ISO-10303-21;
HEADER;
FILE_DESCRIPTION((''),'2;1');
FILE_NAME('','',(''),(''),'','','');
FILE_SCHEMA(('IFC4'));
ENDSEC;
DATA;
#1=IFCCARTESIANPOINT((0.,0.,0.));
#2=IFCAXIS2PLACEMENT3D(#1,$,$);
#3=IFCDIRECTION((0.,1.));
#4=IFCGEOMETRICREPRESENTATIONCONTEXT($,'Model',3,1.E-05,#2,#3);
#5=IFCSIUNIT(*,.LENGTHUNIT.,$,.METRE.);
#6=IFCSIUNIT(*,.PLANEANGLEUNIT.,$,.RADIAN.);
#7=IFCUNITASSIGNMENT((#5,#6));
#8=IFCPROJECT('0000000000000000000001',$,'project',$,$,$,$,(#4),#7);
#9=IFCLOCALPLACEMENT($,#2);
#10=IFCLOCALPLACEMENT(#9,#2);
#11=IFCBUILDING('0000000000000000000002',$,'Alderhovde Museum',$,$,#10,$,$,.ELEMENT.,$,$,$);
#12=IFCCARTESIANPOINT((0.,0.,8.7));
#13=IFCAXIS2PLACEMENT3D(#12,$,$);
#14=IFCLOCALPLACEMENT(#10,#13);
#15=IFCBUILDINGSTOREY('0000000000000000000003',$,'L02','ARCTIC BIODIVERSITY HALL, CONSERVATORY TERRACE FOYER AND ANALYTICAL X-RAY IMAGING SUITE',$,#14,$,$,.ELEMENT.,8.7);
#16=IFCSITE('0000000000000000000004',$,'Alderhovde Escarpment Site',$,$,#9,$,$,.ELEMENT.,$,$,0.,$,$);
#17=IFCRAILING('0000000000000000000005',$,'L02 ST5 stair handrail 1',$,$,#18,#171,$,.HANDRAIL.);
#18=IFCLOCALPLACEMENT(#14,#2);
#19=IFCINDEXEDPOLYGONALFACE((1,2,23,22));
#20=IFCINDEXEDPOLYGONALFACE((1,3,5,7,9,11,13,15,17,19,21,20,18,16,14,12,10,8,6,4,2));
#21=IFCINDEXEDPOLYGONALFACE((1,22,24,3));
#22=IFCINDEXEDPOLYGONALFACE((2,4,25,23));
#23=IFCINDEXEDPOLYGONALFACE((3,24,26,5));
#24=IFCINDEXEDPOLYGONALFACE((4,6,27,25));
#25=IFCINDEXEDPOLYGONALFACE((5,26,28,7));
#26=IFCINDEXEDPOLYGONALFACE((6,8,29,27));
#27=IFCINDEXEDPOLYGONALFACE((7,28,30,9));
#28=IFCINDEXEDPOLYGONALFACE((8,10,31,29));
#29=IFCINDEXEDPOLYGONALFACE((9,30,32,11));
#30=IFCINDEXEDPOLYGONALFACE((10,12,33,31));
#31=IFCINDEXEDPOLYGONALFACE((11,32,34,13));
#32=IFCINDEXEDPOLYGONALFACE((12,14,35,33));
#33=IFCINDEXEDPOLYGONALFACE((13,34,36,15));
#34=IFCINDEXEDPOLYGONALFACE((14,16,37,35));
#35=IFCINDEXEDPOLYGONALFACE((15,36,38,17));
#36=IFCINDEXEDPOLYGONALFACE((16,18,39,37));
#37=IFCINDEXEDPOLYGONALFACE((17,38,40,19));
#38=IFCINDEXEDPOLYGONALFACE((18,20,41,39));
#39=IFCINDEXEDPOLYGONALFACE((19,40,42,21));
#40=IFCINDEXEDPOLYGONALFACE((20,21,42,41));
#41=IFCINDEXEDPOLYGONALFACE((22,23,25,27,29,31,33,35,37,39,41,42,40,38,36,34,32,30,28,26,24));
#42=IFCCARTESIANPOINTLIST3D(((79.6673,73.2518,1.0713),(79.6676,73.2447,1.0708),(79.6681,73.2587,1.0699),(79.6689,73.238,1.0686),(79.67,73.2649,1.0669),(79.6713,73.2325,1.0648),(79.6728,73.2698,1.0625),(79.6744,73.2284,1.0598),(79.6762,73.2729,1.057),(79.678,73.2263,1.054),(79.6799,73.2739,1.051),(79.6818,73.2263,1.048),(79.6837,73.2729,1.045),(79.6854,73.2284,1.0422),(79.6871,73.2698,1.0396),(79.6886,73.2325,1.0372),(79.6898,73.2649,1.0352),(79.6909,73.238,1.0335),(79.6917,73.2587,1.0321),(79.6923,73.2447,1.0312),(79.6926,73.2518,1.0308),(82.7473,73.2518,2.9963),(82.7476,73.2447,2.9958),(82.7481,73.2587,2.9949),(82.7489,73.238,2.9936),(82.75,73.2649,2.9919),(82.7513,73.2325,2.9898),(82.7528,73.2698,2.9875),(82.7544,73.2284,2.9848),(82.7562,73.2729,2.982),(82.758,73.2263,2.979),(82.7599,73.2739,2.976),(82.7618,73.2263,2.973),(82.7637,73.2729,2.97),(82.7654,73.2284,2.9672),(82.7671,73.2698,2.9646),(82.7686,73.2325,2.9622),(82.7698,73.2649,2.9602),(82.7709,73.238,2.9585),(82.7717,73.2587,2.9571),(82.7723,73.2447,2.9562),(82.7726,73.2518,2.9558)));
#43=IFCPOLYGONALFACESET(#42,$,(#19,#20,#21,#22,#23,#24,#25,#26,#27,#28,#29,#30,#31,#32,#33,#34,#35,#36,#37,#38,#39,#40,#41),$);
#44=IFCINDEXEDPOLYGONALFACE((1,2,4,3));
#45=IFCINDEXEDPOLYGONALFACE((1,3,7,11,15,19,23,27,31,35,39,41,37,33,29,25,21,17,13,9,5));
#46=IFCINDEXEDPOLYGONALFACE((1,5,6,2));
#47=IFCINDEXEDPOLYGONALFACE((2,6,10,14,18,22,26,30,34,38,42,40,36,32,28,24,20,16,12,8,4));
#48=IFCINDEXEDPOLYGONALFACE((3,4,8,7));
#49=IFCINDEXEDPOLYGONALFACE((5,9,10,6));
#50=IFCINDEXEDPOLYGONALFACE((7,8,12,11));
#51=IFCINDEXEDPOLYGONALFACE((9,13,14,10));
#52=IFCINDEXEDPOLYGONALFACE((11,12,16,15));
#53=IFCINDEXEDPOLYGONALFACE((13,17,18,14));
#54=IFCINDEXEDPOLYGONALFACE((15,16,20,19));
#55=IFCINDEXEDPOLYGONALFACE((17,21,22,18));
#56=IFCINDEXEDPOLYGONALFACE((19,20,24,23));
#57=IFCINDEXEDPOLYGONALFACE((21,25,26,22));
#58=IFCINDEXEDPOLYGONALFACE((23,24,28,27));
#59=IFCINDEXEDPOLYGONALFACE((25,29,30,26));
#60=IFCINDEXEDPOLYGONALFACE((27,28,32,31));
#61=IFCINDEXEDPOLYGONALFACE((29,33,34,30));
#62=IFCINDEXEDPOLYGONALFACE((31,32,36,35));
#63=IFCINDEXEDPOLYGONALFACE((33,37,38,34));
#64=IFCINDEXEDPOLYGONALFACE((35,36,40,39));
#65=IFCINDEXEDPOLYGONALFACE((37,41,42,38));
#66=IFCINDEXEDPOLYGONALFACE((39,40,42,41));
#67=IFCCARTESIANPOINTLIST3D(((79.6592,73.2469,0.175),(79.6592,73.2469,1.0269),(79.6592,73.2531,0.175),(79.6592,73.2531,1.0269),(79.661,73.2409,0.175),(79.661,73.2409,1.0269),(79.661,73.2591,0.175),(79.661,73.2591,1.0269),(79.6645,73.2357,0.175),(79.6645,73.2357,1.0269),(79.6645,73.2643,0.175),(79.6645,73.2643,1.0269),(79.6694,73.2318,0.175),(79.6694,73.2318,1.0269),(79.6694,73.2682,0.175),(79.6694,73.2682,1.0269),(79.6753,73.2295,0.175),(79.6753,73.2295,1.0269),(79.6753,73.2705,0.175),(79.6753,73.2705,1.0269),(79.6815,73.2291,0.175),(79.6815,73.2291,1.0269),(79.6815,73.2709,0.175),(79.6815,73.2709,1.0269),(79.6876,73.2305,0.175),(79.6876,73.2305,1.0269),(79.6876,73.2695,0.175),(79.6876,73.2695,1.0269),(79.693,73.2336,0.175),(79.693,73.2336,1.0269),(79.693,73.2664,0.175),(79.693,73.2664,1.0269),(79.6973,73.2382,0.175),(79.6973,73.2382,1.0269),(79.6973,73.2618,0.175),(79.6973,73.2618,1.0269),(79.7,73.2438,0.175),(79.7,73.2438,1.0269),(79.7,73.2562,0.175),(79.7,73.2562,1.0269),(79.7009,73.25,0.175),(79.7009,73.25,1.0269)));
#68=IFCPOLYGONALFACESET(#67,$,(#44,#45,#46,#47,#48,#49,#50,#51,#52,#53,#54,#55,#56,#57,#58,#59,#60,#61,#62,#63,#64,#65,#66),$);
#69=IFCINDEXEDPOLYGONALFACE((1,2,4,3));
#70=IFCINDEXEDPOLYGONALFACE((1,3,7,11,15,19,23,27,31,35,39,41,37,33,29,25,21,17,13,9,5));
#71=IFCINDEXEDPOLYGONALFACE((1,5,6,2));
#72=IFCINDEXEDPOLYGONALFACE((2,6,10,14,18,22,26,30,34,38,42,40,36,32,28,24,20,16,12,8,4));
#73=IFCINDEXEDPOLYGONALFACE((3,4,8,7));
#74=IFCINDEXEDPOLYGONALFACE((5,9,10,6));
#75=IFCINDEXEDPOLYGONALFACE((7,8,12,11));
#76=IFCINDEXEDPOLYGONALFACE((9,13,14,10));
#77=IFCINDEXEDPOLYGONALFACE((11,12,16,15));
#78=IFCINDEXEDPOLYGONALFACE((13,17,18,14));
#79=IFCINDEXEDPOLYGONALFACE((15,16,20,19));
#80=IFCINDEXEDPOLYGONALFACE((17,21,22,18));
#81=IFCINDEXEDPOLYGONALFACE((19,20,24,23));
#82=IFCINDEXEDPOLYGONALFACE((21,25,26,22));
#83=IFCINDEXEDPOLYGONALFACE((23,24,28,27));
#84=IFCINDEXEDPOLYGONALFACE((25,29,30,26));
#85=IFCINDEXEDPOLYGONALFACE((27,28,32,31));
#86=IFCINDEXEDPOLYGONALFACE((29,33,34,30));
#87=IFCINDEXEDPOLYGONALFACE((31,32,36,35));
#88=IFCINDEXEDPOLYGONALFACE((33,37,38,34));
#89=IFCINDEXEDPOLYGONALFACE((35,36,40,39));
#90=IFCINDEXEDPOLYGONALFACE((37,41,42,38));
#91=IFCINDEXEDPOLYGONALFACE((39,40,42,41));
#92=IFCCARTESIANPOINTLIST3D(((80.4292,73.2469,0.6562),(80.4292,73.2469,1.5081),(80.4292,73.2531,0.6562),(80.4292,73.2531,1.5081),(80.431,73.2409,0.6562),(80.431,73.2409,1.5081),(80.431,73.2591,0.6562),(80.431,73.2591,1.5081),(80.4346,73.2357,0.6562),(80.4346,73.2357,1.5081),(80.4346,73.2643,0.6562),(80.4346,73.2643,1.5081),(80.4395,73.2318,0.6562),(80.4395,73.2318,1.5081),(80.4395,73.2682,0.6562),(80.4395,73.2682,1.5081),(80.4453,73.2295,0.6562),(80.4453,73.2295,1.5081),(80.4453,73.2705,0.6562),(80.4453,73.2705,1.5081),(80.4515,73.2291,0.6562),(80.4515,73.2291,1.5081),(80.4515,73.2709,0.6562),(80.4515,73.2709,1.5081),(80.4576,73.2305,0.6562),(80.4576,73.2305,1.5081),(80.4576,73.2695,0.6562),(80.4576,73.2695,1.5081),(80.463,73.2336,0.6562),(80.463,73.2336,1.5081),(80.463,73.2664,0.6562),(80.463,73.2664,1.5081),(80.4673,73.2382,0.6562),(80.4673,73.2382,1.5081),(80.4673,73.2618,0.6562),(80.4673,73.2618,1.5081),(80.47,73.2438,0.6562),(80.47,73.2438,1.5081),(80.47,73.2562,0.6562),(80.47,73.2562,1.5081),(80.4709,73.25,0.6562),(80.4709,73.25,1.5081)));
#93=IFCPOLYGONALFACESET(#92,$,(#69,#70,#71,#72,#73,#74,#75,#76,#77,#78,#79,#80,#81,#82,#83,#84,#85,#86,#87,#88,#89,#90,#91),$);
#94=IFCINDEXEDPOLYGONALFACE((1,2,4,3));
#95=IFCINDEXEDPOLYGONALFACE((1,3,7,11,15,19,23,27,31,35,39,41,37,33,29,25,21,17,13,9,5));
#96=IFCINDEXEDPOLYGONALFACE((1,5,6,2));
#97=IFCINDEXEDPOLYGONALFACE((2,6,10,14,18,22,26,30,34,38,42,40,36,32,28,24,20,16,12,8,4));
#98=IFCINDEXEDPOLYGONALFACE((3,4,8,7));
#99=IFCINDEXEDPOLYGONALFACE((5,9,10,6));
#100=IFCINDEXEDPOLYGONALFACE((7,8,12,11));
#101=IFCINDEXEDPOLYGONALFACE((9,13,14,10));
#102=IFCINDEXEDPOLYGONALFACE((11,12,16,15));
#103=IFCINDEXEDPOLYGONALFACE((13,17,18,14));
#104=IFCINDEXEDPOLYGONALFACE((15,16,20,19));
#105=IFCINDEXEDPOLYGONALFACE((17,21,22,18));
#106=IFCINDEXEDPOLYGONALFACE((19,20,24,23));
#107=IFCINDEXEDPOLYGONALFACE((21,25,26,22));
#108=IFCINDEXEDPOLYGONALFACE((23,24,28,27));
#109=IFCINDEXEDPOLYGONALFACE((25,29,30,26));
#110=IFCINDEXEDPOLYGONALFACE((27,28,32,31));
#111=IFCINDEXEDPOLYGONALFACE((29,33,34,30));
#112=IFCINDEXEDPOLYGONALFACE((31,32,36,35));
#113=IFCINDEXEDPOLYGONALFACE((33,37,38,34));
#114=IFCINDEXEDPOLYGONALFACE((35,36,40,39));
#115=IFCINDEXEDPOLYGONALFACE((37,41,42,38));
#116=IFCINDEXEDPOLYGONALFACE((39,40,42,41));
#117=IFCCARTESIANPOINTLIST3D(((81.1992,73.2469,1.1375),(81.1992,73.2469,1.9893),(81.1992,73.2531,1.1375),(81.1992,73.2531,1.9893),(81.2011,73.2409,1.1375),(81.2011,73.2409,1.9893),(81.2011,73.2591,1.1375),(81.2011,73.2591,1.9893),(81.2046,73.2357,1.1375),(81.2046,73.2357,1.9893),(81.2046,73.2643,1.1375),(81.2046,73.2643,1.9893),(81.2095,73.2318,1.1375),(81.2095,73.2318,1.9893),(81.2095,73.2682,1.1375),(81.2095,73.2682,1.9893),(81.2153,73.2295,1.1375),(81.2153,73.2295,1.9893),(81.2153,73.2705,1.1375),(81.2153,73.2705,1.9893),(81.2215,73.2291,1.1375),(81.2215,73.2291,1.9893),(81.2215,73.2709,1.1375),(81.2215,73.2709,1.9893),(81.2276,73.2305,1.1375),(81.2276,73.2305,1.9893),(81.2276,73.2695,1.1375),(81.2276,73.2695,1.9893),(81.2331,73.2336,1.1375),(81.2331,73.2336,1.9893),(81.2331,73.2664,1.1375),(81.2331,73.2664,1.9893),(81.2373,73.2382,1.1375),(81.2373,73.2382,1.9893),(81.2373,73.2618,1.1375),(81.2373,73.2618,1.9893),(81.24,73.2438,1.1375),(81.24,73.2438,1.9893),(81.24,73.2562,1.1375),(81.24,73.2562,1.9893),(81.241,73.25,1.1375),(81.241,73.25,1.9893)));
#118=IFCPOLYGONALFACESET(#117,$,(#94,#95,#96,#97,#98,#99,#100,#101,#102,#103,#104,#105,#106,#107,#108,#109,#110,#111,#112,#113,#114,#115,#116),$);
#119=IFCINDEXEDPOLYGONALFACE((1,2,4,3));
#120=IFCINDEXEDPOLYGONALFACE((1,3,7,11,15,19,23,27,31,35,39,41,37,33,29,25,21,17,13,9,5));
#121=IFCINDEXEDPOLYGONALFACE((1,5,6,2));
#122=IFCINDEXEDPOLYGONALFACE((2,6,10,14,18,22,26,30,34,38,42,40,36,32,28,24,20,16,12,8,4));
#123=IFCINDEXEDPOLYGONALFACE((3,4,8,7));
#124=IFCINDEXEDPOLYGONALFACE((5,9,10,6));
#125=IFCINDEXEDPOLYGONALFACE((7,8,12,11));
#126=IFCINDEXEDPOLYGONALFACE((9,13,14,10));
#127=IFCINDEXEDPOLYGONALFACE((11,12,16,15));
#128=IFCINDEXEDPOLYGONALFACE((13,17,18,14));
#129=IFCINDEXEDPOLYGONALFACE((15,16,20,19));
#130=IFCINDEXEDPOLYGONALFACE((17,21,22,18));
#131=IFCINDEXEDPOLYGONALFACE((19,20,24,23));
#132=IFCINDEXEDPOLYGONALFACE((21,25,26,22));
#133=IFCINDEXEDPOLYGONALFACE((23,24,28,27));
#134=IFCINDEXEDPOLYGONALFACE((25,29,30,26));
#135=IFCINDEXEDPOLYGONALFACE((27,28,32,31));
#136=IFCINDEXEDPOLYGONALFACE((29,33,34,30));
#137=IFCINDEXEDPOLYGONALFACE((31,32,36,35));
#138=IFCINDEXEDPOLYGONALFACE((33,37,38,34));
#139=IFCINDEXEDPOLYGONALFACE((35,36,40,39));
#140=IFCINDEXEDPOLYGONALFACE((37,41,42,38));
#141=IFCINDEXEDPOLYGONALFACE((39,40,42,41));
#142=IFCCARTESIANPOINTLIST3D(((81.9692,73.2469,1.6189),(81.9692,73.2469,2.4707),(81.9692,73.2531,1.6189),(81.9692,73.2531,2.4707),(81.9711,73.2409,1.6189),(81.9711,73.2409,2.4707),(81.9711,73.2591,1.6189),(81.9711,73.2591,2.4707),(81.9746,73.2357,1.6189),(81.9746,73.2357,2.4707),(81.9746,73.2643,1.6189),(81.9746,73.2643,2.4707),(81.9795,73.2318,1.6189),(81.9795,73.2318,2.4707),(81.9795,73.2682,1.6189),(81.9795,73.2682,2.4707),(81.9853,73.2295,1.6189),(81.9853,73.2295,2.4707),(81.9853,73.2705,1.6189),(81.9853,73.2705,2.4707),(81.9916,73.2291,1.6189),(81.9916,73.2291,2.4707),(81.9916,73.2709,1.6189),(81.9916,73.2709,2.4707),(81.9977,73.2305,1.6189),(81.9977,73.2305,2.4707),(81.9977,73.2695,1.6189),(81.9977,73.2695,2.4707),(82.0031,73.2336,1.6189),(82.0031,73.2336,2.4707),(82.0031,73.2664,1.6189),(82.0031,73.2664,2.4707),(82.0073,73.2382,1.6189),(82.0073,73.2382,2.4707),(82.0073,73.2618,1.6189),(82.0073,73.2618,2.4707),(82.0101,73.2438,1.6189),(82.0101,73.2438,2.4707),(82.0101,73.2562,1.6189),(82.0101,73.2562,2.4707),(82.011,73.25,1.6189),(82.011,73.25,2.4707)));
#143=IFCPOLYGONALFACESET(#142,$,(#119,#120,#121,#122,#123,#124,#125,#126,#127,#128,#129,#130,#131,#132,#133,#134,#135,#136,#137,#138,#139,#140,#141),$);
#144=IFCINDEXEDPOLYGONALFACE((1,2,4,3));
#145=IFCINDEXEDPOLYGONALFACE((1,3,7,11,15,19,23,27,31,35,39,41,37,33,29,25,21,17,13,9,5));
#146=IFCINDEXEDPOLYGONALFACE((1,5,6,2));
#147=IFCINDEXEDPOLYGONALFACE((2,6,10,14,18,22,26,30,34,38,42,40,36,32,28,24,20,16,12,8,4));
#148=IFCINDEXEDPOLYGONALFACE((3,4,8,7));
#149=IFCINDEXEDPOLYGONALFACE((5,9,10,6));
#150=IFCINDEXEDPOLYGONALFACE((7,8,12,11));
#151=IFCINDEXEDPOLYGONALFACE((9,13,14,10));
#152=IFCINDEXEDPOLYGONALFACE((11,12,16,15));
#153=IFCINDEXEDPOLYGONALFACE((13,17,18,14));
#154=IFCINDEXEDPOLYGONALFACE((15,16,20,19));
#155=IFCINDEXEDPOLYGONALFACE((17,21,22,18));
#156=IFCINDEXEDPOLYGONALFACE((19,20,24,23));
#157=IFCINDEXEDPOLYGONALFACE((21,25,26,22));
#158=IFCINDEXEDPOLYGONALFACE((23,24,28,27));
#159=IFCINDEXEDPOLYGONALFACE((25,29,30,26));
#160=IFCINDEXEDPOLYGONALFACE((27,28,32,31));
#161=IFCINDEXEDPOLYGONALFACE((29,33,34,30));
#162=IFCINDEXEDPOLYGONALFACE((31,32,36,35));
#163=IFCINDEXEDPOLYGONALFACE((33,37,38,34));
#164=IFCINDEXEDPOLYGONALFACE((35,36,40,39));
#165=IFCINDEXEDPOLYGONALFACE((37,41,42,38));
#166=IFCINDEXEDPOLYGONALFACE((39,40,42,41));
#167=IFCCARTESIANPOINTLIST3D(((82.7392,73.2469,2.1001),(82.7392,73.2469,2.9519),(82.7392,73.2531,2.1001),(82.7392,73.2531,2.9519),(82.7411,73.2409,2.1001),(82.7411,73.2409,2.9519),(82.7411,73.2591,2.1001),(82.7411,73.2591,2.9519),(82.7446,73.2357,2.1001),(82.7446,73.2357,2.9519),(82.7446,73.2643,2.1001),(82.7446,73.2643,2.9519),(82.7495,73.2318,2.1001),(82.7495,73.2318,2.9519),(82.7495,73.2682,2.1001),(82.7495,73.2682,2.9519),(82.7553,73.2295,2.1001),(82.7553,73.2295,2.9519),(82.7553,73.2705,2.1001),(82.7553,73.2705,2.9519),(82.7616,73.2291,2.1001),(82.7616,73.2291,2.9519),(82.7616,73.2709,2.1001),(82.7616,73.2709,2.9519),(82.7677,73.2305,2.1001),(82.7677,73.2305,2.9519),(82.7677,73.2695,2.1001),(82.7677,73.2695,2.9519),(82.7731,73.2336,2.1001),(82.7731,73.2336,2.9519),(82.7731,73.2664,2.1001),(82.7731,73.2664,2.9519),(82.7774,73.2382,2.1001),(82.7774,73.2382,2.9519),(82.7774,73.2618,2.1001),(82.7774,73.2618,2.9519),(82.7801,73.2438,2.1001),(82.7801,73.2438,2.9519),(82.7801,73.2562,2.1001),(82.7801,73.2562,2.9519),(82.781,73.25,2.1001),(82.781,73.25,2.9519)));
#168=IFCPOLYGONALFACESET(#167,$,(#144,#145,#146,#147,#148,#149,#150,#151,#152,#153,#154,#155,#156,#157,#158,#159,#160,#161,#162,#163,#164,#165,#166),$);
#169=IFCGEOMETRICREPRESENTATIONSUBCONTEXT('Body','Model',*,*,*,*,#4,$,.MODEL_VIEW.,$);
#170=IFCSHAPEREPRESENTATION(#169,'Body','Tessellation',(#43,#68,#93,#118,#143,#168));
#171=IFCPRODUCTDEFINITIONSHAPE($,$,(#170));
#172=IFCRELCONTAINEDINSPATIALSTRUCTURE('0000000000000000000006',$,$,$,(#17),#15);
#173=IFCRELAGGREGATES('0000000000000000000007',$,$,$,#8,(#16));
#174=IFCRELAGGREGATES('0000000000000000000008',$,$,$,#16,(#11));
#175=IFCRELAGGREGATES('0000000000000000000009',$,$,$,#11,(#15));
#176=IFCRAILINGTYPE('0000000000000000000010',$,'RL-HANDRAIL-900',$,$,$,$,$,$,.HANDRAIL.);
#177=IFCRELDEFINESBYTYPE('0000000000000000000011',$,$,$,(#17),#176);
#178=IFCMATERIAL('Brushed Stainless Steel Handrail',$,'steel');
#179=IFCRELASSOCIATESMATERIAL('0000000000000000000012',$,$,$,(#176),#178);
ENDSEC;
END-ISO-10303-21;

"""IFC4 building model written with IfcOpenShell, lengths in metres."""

from ifc_helpers import new_model, si_unit, direction, frame, origin, origin_2d, place, context, subcontext, project, spatial, circle, extrude, material, type_object, element, save


model = new_model("IFC4")

# Units and contexts
model_context = context("Model", 3, precision=1e-05, world=origin(), true_north=direction((0.0, 1.0)))
body_context = subcontext(model_context, "Body", "Model", "MODEL_VIEW")
ifc_project = project(units=[si_unit("LENGTHUNIT", "METRE"), si_unit("PLANEANGLEUNIT", "RADIAN")], contexts=[model_context])

# Site, building, storey
site_placement = place(None, origin())
site = spatial("IfcSite", under=ifc_project, at=site_placement, Name="Alderhovde Escarpment Site", CompositionType="ELEMENT", RefElevation=0.0)
building_placement = place(site_placement, origin())
building = spatial("IfcBuilding", under=site, at=building_placement, Name="Alderhovde Museum", CompositionType="ELEMENT")
storey_placement = place(building_placement, frame((0.0, 0.0, 8.7)))
storey = spatial("IfcBuildingStorey", under=building, at=storey_placement, Name="L02", Description="ARCTIC BIODIVERSITY HALL, CONSERVATORY TERRACE FOYER AND ANALYTICAL X-RAY IMAGING SUITE", CompositionType="ELEMENT", Elevation=8.7)

# Railing
ifc_material_1 = material(Name="Brushed Stainless Steel Handrail", Category="steel")
railing_type_1 = type_object("IfcRailingType", Name="RL-HANDRAIL-900", PredefinedType="HANDRAIL", material=ifc_material_1)
railing_1_placement = place(storey_placement, frame((79.6799, 73.25, 0.175)))
element("IfcRailing", 1, at=railing_1_placement, inside=storey, type_object=railing_type_1, Name="L02 ST5 stair handrail 1", PredefinedType="HANDRAIL", context=body_context, shape_type="SweptSolid", body=[
    extrude(circle(Radius=0.0239, at=origin_2d()), frame((0.0, 0.0, 0.876), z_axis=(0.847998, 0.0, 0.529999), x_axis=(0.0, 1.0, 0.0)), (0.0, 0.0, 1.0), 3.6321),
    extrude(circle(Radius=0.021, at=origin_2d()), origin(), (0.0, 0.0, 1.0), 0.8518),
    extrude(circle(Radius=0.021, at=origin_2d()), frame((0.77, 0.0, 0.4812)), (0.0, 0.0, 1.0), 0.8518),
    extrude(circle(Radius=0.021, at=origin_2d()), frame((1.54, 0.0, 0.9624)), (0.0, 0.0, 1.0), 0.8518),
    extrude(circle(Radius=0.021, at=origin_2d()), frame((2.3101, 0.0, 1.4438)), (0.0, 0.0, 1.0), 0.8518),
    extrude(circle(Radius=0.021, at=origin_2d()), frame((3.0801, 0.0, 1.925)), (0.0, 0.0, 1.0), 0.8518),
])

save(model, "model.ifc")
